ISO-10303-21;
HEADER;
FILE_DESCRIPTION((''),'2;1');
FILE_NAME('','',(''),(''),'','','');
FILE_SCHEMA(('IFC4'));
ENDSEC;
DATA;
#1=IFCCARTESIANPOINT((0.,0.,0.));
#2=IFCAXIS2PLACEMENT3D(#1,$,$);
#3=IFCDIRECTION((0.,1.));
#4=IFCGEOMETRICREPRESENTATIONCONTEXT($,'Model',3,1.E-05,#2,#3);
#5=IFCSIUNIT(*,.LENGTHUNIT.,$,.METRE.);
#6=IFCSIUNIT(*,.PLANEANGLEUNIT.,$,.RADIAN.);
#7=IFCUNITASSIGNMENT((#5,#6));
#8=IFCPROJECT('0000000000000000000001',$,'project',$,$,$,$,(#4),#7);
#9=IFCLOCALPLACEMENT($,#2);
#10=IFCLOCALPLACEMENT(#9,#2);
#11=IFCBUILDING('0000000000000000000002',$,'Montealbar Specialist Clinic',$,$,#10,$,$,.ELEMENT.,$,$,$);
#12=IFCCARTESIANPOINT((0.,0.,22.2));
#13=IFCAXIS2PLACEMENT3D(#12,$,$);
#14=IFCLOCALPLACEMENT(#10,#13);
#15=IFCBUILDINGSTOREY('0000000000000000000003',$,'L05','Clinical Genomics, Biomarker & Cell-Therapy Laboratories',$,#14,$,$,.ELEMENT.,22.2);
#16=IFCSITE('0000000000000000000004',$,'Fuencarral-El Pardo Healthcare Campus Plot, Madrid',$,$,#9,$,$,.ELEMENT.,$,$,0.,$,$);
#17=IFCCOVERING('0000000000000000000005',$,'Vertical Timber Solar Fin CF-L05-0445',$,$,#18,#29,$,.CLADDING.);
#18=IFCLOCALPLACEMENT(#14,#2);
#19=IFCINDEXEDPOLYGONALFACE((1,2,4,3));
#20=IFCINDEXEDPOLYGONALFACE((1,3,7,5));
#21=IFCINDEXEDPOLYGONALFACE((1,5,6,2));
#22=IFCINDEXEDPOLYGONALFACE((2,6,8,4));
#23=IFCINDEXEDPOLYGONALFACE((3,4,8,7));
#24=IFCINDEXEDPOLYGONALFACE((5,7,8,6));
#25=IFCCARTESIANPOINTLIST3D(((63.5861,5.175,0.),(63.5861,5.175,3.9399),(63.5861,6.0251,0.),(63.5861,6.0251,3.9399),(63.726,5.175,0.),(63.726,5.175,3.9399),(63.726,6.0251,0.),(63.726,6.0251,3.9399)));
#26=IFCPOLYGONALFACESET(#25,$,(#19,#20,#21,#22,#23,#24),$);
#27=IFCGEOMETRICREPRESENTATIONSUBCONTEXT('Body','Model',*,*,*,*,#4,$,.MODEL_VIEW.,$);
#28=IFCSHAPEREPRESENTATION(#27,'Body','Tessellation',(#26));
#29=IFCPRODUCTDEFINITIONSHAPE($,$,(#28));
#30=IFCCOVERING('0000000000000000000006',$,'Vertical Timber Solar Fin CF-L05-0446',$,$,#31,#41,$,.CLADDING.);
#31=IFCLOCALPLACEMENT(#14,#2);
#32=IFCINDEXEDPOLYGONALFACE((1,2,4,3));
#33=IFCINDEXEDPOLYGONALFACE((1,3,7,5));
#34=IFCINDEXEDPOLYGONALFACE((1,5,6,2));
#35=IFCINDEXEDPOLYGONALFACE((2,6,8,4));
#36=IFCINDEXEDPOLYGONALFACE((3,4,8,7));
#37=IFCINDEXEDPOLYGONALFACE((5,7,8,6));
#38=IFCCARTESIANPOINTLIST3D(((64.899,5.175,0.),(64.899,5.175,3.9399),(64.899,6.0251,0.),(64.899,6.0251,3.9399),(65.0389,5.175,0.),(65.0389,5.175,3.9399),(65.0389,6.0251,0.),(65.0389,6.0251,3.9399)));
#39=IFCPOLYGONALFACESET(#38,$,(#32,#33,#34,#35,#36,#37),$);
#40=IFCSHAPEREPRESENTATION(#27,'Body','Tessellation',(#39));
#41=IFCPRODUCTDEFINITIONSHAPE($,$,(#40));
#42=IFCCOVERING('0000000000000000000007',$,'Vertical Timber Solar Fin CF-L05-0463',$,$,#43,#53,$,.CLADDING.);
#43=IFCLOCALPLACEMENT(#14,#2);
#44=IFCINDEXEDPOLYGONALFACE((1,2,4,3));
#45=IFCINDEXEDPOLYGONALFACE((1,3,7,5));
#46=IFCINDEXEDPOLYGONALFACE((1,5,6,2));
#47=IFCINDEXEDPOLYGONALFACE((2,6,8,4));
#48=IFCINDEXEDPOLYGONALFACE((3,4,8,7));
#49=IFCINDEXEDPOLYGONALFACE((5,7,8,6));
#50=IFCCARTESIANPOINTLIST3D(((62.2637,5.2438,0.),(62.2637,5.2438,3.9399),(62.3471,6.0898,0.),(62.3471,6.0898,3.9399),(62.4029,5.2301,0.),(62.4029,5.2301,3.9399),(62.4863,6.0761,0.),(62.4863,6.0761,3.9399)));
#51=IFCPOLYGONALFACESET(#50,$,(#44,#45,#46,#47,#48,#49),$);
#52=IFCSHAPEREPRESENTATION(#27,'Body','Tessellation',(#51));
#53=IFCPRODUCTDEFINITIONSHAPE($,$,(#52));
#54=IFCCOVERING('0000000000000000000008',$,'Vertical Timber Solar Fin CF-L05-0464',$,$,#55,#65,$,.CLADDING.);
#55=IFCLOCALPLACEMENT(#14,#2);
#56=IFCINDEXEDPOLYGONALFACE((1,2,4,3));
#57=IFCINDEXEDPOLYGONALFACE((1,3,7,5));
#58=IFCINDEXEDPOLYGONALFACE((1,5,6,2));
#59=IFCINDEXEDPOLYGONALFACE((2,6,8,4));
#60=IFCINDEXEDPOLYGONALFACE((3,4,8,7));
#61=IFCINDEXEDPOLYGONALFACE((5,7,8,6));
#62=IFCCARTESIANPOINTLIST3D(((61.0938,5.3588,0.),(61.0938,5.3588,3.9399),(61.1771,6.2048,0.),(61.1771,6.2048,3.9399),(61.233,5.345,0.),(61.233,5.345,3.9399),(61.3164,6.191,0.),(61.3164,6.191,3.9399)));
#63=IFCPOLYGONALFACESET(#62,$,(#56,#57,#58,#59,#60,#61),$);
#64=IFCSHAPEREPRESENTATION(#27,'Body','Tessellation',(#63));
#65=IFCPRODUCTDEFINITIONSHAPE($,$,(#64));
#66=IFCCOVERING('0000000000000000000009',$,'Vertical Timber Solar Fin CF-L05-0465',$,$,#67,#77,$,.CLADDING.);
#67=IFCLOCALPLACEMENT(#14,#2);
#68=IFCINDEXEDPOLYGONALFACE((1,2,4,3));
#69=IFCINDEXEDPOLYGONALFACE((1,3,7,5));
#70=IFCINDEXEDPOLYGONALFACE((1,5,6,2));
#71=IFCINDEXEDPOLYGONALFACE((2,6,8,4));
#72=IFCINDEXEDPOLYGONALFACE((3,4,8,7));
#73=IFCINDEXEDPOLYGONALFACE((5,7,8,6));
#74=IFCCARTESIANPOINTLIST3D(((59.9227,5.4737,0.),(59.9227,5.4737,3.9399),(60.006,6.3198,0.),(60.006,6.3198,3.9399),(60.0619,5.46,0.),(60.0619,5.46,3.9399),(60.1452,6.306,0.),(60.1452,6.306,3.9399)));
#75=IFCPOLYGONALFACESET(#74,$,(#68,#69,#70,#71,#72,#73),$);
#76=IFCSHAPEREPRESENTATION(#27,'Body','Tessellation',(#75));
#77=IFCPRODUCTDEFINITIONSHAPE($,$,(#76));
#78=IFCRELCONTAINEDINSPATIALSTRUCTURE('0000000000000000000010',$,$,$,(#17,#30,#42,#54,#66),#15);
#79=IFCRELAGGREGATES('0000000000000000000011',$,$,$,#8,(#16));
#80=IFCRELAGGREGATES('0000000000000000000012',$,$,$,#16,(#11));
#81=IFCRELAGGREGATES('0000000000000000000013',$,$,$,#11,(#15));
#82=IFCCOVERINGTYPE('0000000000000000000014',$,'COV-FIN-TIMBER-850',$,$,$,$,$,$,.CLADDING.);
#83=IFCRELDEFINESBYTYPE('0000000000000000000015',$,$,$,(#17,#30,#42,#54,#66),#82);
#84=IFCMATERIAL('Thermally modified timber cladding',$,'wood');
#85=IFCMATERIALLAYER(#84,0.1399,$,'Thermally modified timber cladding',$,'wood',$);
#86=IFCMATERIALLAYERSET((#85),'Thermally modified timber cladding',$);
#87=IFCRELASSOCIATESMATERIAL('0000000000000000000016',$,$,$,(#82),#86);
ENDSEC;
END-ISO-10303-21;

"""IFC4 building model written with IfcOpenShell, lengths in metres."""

from ifc_helpers import new_model, si_unit, direction, frame, origin, origin_2d, place, context, subcontext, project, spatial, rectangle, extrude, material, layer, layer_set, type_object, element, save


model = new_model("IFC4")

# Units and contexts
model_context = context("Model", 3, precision=1e-05, world=origin(), true_north=direction((0.0, 1.0)))
body_context = subcontext(model_context, "Body", "Model", "MODEL_VIEW")
ifc_project = project(units=[si_unit("LENGTHUNIT", "METRE"), si_unit("PLANEANGLEUNIT", "RADIAN")], contexts=[model_context])

# Site, building, storey
site_placement = place(None, origin())
site = spatial("IfcSite", under=ifc_project, at=site_placement, Name="Fuencarral-El Pardo Healthcare Campus Plot, Madrid", CompositionType="ELEMENT", RefElevation=0.0)
building_placement = place(site_placement, origin())
building = spatial("IfcBuilding", under=site, at=building_placement, Name="Montealbar Specialist Clinic", CompositionType="ELEMENT")
storey_placement = place(building_placement, frame((0.0, 0.0, 22.2)))
storey = spatial("IfcBuildingStorey", under=building, at=storey_placement, Name="L05", Description="Clinical Genomics, Biomarker & Cell-Therapy Laboratories", CompositionType="ELEMENT", Elevation=22.2)

# Coverings
ifc_material_1 = material(Name="Thermally modified timber cladding", Category="wood")
ifc_layer_1 = layer(ifc_material_1, 0.1399, Name="Thermally modified timber cladding", Category="wood")
ifc_layer_set_1 = layer_set([ifc_layer_1], Name="Thermally modified timber cladding")
covering_type = type_object("IfcCoveringType", Name="COV-FIN-TIMBER-850", PredefinedType="CLADDING", material=ifc_layer_set_1)
for number, where, z_axis, x_axis, name in (
    (1, (63.656, 5.6001, 0.0), (0.0, 0.0, 1.0), (0.0, -1.0, 0.0), "Vertical Timber Solar Fin CF-L05-0445"),
    (2, (64.969, 5.6001, 0.0), (0.0, 0.0, 1.0), (0.0, -1.0, 0.0), "Vertical Timber Solar Fin CF-L05-0446"),
    (3, (62.375, 5.6599, 0.0), (0.0, 0.0, 1.0), (-0.098045, -0.995182, 0.0), "Vertical Timber Solar Fin CF-L05-0463"),
    (4, (61.2051, 5.7749, 0.0), (0.0, 0.0, 1.0), (-0.098045, -0.995182, 0.0), "Vertical Timber Solar Fin CF-L05-0464"),
    (5, (60.0339, 5.8899, 0.0), (0.0, 0.0, 1.0), (-0.098045, -0.995182, 0.0), "Vertical Timber Solar Fin CF-L05-0465"),
):
    element("IfcCovering", number, at=place(storey_placement, frame(where, z_axis=z_axis, x_axis=x_axis)), inside=storey, type_object=covering_type, Name=name, PredefinedType="CLADDING", context=body_context, shape_type="SweptSolid", body=[
        extrude(rectangle(XDim=0.8501, YDim=0.1399, at=origin_2d()), origin(), (0.0, 0.0, 1.0), 3.9399),
    ])

save(model, "model.ifc")
